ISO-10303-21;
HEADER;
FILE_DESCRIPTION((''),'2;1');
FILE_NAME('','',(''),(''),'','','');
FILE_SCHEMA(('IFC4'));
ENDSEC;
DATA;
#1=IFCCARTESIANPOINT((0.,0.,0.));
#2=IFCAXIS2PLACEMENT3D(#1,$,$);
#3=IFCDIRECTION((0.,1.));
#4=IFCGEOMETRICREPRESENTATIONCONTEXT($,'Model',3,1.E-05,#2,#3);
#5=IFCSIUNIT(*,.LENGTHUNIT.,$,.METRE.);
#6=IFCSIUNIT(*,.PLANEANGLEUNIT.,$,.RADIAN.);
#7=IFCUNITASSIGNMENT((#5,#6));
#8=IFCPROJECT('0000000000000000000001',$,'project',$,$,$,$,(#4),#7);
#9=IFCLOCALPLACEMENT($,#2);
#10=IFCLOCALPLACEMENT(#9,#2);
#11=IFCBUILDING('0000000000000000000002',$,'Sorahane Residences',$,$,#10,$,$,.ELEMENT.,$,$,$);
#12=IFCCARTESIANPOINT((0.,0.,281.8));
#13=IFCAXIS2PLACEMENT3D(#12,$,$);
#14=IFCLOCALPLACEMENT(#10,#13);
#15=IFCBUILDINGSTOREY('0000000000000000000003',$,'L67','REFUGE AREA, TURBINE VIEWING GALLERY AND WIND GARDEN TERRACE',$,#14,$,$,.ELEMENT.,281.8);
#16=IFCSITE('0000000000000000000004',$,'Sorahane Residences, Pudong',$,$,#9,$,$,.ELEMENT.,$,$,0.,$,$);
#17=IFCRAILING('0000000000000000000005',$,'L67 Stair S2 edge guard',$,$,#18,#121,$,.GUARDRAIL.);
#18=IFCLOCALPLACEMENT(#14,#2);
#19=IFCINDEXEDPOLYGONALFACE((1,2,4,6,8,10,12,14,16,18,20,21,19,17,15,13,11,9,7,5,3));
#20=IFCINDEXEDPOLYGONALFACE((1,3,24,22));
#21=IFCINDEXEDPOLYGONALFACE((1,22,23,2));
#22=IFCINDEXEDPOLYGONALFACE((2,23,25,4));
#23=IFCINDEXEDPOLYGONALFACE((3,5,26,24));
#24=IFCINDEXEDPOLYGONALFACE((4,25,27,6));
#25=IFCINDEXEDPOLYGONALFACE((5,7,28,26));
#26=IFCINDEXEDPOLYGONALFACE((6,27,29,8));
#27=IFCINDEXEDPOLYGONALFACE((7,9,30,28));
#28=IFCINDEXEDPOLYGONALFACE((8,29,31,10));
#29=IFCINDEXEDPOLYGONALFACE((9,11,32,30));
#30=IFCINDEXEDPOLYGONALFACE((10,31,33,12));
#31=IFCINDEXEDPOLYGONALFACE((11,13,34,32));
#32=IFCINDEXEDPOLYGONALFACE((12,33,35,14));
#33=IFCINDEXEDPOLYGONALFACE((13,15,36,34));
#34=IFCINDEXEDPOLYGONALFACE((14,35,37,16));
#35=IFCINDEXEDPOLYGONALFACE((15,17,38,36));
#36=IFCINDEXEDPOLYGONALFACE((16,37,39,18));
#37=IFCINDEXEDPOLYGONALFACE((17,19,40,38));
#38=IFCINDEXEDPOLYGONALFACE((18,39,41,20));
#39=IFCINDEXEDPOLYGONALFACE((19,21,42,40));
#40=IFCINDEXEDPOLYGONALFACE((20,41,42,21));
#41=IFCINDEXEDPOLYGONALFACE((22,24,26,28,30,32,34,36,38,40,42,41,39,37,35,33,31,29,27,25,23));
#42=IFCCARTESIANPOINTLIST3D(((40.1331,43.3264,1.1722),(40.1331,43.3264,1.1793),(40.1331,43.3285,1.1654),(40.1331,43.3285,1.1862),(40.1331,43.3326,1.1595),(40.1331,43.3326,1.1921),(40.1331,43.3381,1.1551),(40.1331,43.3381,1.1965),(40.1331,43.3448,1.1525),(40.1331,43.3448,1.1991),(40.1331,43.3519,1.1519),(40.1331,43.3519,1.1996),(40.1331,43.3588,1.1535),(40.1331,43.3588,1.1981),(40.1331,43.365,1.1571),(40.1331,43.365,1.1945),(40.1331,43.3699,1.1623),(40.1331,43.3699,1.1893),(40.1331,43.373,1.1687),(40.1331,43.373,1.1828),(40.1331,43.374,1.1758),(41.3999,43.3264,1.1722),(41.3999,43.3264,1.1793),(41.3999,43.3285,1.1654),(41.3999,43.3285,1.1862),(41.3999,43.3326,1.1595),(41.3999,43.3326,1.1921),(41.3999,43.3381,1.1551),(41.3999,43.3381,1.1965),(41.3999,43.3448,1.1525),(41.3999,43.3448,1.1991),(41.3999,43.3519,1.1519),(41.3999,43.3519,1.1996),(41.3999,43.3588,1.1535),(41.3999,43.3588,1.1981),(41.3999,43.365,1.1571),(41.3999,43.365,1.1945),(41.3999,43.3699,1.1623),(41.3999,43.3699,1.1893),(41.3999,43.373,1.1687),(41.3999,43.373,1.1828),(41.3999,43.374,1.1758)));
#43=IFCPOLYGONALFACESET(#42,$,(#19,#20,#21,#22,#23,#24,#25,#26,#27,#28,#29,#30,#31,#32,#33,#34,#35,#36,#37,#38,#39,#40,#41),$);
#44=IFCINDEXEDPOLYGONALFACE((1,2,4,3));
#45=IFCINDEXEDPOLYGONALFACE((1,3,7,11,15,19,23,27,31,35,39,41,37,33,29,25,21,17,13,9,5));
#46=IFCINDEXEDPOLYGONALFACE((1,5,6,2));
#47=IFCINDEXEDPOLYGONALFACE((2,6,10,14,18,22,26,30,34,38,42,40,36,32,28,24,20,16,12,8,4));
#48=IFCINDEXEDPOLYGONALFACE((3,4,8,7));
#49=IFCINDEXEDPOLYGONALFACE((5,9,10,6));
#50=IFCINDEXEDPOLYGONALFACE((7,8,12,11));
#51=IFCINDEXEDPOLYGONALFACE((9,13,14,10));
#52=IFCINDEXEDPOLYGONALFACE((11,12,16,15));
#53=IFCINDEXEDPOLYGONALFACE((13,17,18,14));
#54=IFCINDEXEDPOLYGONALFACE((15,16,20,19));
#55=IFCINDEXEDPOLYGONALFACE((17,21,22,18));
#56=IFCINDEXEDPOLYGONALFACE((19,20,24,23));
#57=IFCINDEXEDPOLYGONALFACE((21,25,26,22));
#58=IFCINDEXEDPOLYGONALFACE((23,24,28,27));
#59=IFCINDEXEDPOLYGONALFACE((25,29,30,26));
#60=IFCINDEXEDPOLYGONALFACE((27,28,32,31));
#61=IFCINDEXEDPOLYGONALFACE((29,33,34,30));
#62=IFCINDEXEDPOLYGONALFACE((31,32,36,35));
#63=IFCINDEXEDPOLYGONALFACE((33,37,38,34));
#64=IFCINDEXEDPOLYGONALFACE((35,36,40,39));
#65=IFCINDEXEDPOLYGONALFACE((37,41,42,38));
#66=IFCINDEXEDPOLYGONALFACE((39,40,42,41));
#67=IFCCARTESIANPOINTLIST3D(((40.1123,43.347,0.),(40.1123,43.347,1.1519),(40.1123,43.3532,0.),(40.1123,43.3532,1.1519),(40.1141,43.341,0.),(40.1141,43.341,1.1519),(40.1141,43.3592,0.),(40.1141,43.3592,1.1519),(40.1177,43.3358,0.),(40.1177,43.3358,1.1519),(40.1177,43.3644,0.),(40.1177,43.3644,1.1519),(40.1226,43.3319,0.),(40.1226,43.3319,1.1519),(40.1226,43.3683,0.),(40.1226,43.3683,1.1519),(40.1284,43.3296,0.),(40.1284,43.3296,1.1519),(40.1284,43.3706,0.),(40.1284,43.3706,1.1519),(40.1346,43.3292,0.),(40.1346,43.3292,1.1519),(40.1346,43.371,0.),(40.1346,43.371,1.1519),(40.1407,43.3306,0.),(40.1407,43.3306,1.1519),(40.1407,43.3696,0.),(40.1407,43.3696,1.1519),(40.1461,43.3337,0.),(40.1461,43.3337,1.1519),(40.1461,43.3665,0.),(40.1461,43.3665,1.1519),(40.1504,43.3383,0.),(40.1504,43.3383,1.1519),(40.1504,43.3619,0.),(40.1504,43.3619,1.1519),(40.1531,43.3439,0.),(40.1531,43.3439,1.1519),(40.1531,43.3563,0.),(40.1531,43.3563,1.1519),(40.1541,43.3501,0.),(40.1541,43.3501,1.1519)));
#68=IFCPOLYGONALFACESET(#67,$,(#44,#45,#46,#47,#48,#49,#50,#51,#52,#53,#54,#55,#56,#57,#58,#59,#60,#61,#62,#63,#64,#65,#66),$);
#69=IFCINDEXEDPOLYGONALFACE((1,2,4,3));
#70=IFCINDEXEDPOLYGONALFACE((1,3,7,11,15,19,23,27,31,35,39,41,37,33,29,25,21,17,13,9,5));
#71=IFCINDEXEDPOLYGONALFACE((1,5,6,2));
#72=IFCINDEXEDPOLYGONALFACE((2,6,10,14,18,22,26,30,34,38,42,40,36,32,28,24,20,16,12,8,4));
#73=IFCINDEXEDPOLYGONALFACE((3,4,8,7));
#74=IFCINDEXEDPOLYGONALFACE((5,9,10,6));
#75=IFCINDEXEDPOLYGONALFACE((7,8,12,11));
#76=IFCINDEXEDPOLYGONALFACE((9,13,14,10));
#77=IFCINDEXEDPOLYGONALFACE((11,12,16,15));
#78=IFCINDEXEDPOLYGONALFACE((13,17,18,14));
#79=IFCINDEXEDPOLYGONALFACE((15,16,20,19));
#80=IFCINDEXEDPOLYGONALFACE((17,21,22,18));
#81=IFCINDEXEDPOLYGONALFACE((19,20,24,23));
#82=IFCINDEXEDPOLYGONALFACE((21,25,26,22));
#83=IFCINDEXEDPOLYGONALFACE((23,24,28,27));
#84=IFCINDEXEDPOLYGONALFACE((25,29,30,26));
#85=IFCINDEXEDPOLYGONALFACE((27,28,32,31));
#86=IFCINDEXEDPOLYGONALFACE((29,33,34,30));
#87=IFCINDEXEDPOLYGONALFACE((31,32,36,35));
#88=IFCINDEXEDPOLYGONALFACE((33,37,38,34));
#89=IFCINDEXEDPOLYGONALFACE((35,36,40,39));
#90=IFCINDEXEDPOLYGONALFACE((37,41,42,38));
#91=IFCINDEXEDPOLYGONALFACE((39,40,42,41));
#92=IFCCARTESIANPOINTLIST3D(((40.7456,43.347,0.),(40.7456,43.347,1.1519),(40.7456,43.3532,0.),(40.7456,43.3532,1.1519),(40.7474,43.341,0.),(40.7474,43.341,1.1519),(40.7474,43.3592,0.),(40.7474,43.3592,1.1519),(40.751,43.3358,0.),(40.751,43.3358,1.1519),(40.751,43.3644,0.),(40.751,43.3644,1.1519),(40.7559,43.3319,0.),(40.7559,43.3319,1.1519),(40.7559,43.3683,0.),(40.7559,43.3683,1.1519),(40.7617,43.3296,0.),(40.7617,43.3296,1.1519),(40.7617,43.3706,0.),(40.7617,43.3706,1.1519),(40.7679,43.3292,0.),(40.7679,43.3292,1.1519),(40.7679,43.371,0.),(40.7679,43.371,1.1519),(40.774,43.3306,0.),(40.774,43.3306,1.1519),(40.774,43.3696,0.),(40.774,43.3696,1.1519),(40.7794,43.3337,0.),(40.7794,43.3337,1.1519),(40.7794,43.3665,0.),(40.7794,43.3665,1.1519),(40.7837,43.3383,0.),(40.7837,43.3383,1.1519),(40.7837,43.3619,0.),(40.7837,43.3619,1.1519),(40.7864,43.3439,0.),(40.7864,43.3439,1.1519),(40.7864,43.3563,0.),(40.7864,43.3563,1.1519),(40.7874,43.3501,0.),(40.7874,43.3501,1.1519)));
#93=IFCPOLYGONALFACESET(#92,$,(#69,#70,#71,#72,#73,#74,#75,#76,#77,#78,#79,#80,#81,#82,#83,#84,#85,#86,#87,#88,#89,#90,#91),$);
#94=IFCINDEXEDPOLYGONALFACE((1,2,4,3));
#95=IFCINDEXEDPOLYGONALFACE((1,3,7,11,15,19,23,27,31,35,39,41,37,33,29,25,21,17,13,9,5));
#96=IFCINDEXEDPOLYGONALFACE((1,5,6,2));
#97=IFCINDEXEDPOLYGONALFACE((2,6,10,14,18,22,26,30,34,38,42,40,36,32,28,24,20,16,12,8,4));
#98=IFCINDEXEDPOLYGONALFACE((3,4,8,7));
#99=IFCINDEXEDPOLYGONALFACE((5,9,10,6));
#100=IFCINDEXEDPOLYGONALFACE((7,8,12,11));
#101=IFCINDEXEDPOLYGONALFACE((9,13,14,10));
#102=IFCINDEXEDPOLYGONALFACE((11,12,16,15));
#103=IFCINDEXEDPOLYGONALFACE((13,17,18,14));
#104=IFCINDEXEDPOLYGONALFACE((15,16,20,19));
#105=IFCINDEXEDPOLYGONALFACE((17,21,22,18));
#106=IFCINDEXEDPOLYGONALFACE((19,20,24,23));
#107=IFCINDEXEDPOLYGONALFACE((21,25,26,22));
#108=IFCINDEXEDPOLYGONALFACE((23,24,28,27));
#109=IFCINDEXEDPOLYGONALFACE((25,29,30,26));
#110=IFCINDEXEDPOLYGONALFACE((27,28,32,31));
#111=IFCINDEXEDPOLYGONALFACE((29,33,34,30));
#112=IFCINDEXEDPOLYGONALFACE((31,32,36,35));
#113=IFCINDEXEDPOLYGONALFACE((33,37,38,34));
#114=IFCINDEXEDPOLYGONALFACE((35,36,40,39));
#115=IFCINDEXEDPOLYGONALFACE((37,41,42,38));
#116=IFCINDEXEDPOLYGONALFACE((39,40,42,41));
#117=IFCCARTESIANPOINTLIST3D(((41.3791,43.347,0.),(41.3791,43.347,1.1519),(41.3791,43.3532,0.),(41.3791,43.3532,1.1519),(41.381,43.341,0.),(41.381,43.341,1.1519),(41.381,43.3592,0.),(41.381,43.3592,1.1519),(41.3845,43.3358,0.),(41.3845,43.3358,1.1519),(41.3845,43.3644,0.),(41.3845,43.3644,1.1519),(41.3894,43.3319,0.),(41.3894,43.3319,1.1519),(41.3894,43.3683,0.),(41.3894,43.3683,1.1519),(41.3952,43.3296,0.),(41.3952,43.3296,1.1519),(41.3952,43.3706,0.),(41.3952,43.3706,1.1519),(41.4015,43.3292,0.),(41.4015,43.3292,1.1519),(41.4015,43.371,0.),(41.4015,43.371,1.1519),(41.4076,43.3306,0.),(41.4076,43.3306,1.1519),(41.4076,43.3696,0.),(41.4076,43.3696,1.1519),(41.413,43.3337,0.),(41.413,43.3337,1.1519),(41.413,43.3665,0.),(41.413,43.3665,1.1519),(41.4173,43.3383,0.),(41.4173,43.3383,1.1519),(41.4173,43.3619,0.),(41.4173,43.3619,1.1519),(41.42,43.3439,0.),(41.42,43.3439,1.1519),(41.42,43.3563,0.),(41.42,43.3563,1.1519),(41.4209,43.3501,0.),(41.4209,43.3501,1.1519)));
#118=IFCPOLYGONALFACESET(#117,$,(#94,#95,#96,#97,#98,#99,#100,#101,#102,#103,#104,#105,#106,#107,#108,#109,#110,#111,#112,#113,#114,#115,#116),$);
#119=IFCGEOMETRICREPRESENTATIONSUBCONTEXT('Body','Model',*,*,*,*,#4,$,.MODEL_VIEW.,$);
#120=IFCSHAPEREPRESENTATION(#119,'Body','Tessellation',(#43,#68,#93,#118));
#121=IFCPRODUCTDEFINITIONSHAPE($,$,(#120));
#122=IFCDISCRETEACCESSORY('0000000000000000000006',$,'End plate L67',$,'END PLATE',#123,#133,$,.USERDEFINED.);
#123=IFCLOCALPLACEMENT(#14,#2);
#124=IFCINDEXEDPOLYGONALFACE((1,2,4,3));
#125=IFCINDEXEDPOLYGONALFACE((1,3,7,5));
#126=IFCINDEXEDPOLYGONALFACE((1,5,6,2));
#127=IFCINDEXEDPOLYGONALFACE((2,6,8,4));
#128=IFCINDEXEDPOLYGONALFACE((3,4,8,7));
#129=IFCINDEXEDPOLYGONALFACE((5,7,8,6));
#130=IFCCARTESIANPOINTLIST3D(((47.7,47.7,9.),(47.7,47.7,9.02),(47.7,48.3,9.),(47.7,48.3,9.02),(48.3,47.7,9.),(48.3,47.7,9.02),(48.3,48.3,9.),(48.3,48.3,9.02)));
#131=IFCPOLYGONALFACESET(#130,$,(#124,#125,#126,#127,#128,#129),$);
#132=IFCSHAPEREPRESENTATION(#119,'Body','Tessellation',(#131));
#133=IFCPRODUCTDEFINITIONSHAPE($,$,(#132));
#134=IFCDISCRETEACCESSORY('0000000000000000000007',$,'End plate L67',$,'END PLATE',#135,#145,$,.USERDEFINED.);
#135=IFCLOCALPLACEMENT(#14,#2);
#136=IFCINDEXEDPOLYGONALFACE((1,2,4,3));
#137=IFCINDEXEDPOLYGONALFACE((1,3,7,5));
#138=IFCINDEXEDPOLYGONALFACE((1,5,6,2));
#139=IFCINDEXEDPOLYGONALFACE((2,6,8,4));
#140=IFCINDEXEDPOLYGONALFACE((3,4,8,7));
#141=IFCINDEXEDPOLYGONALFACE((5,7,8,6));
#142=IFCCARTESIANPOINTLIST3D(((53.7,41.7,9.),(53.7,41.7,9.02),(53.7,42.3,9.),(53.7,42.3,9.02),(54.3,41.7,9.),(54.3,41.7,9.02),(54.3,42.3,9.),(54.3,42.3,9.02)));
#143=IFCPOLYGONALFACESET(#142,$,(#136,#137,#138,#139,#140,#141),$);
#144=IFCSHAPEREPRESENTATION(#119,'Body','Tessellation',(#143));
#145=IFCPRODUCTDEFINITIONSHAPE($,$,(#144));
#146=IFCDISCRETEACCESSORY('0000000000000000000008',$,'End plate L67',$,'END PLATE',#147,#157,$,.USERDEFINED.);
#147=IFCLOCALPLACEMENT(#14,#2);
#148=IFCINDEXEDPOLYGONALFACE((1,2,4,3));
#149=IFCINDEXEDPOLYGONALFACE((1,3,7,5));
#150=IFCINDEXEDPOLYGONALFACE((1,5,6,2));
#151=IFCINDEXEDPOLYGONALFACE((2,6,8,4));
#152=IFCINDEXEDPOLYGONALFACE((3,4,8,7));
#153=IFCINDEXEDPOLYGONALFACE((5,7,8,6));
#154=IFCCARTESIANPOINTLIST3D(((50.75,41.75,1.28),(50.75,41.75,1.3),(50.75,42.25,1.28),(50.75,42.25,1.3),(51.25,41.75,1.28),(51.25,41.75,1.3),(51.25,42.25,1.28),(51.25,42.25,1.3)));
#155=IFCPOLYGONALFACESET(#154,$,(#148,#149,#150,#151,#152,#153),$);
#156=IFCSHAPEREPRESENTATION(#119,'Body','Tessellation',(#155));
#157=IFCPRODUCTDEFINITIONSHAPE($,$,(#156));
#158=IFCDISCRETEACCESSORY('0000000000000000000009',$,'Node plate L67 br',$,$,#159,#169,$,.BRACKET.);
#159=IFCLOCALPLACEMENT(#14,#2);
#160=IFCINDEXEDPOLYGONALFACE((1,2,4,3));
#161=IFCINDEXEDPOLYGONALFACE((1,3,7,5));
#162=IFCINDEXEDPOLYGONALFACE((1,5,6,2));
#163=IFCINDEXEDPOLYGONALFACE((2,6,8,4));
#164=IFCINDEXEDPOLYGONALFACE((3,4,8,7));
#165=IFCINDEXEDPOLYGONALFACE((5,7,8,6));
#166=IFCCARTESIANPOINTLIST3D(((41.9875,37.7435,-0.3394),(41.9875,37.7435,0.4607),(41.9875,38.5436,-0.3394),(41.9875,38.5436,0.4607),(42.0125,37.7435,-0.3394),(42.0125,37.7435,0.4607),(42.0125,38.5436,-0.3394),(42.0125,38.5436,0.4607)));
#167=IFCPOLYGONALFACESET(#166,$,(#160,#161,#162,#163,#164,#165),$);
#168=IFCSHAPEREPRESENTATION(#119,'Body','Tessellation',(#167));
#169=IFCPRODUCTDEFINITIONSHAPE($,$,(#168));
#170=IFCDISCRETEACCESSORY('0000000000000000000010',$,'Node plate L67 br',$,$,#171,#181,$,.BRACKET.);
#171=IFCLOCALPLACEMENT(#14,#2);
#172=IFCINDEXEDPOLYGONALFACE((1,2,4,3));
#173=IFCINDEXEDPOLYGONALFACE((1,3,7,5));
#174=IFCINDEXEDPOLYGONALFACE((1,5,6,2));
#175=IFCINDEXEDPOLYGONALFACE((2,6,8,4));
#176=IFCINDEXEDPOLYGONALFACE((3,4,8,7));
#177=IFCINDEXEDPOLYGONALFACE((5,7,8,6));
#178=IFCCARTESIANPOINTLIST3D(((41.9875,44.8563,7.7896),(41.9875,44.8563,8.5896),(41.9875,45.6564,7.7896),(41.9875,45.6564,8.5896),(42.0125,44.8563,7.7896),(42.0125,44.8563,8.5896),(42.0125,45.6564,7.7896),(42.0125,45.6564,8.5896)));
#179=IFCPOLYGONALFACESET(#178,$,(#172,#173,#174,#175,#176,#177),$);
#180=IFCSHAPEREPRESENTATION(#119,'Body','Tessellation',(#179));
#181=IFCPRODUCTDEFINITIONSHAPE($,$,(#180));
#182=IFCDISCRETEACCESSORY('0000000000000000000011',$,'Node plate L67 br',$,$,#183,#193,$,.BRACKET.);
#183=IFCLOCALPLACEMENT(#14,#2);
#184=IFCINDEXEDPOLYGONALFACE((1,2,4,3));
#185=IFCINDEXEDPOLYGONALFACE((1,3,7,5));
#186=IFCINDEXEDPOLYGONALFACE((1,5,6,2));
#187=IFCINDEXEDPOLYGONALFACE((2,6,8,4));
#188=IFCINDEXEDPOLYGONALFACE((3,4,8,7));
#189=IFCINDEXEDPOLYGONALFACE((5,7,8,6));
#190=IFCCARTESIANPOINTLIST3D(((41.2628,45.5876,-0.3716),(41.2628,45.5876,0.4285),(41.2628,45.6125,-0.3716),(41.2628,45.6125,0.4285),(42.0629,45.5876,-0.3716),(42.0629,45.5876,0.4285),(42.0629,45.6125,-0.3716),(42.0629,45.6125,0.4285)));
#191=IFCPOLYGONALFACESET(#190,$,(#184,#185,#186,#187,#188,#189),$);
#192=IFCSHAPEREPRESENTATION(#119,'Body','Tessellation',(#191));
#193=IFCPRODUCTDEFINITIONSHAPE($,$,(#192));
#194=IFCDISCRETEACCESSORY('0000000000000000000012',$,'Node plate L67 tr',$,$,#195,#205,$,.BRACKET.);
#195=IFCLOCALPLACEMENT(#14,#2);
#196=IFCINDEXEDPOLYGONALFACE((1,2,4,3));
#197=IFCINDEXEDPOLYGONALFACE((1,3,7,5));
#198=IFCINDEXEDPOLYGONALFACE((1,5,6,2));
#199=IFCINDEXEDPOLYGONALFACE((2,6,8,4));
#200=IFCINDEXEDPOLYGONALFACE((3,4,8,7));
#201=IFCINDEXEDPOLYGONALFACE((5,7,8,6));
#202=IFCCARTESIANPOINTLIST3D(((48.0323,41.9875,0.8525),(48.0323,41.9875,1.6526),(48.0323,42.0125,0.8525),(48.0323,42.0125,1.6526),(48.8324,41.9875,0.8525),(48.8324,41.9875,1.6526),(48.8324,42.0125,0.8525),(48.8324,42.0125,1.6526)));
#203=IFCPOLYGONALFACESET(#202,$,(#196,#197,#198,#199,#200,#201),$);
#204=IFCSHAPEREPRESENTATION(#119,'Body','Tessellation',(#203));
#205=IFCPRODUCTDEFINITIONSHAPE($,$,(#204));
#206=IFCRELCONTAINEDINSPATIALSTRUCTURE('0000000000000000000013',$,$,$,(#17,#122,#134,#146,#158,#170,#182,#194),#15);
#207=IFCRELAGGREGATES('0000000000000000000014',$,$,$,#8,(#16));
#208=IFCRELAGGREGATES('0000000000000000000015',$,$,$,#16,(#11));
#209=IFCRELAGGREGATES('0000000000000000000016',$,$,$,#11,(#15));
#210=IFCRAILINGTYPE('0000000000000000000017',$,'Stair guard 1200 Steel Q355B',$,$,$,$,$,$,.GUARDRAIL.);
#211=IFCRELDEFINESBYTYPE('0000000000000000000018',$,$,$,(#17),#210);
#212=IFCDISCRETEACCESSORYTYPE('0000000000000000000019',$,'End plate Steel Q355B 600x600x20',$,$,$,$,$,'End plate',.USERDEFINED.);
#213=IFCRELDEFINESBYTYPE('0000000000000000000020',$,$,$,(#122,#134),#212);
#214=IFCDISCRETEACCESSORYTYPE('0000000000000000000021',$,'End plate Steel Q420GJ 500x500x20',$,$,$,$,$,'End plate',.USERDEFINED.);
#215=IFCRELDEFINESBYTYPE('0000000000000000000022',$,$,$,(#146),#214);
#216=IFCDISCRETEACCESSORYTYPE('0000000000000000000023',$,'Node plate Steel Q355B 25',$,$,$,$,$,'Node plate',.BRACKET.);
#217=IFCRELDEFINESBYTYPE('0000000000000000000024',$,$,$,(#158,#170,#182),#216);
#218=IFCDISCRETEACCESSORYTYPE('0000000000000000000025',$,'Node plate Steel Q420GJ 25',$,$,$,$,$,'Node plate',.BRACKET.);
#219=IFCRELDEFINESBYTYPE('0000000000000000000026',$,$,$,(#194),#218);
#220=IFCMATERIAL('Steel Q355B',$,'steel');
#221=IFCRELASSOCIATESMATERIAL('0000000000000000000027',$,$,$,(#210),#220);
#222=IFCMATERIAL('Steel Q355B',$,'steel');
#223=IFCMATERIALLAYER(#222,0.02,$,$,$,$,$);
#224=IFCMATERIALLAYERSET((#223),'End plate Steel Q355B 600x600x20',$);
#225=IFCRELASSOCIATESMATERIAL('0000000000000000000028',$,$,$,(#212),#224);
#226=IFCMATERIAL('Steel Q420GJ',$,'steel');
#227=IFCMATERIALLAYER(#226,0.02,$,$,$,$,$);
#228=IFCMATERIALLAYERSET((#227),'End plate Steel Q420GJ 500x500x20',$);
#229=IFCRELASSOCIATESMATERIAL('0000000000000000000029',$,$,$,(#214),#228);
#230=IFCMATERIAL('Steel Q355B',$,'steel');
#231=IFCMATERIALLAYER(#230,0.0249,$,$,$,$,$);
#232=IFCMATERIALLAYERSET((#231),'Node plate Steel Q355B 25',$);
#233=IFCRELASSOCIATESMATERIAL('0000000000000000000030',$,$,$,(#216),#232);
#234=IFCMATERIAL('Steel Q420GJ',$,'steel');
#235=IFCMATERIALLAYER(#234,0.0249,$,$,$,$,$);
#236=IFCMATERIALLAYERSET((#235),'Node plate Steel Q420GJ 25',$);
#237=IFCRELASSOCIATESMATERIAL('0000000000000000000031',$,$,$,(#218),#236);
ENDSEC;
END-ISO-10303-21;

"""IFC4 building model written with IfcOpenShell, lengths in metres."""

from ifc_helpers import new_model, si_unit, direction, frame, origin, origin_2d, place, context, subcontext, project, spatial, rectangle, circle, extrude, material, layer, layer_set, type_object, element, save


model = new_model("IFC4")

# Units and contexts
model_context = context("Model", 3, precision=1e-05, world=origin(), true_north=direction((0.0, 1.0)))
body_context = subcontext(model_context, "Body", "Model", "MODEL_VIEW")
ifc_project = project(units=[si_unit("LENGTHUNIT", "METRE"), si_unit("PLANEANGLEUNIT", "RADIAN")], contexts=[model_context])

# Site, building, storey
site_placement = place(None, origin())
site = spatial("IfcSite", under=ifc_project, at=site_placement, Name="Sorahane Residences, Pudong", CompositionType="ELEMENT", RefElevation=0.0)
building_placement = place(site_placement, origin())
building = spatial("IfcBuilding", under=site, at=building_placement, Name="Sorahane Residences", CompositionType="ELEMENT")
storey_placement = place(building_placement, frame((0.0, 0.0, 281.8)))
storey = spatial("IfcBuildingStorey", under=building, at=storey_placement, Name="L67", Description="REFUGE AREA, TURBINE VIEWING GALLERY AND WIND GARDEN TERRACE", CompositionType="ELEMENT", Elevation=281.8)

# Railing
ifc_material_1 = material(Name="Steel Q355B", Category="steel")
railing_type_1 = type_object("IfcRailingType", Name="Stair guard 1200 Steel Q355B", PredefinedType="GUARDRAIL", material=ifc_material_1)
railing_1_placement = place(storey_placement, frame((40.1331, 43.3501, 0.0)))
element("IfcRailing", 1, at=railing_1_placement, inside=storey, type_object=railing_type_1, Name="L67 Stair S2 edge guard", PredefinedType="GUARDRAIL", context=body_context, shape_type="SweptSolid", body=[
    extrude(circle(Radius=0.0239, at=origin_2d()), frame((0.0, 0.0, 1.1758), z_axis=(1.0, 0.0, 0.0), x_axis=(0.0, 1.0, 0.0)), (0.0, 0.0, 1.0), 1.2668),
    extrude(circle(Radius=0.021, at=origin_2d()), origin(), (0.0, 0.0, 1.0), 1.1519),
    extrude(circle(Radius=0.021, at=origin_2d()), frame((0.6333, 0.0, 0.0)), (0.0, 0.0, 1.0), 1.1519),
    extrude(circle(Radius=0.021, at=origin_2d()), frame((1.2668, 0.0, 0.0)), (0.0, 0.0, 1.0), 1.1519),
])

# Discrete accessories
ifc_material_2 = material(Name="Steel Q355B", Category="steel")
ifc_layer_1 = layer(ifc_material_2, 0.02)
ifc_layer_set_1 = layer_set([ifc_layer_1], Name="End plate Steel Q355B 600x600x20")
discrete_accessory_type_1 = type_object("IfcDiscreteAccessoryType", Name="End plate Steel Q355B 600x600x20", ElementType="End plate", PredefinedType="USERDEFINED", material=ifc_layer_set_1)
for number, where, z_axis, x_axis, name in (
    (2, (48.0, 48.0, 9.0), (0.0, 0.0, 1.0), (1.0, 0.0, 0.0), "End plate L67"),
    (3, (54.0, 42.0, 9.0), (0.0, 0.0, 1.0), (1.0, 0.0, 0.0), "End plate L67"),
):
    element("IfcDiscreteAccessory", number, at=place(storey_placement, frame(where, z_axis=z_axis, x_axis=x_axis)), inside=storey, type_object=discrete_accessory_type_1, Name=name, ObjectType="END PLATE", PredefinedType="USERDEFINED", context=body_context, shape_type="SweptSolid", body=[
        extrude(rectangle(XDim=0.6001, YDim=0.6001, at=origin_2d()), origin(), (0.0, 0.0, 1.0), 0.02),
    ])
ifc_material_3 = material(Name="Steel Q420GJ", Category="steel")
ifc_layer_2 = layer(ifc_material_3, 0.02)
ifc_layer_set_2 = layer_set([ifc_layer_2], Name="End plate Steel Q420GJ 500x500x20")
discrete_accessory_type_2 = type_object("IfcDiscreteAccessoryType", Name="End plate Steel Q420GJ 500x500x20", ElementType="End plate", PredefinedType="USERDEFINED", material=ifc_layer_set_2)
discrete_accessory_1_placement = place(storey_placement, frame((51.0, 42.0, 1.28), z_axis=(0.0, 0.0, 1.0), x_axis=(1.0, 0.0, 0.0)))
element("IfcDiscreteAccessory", 4, at=discrete_accessory_1_placement, inside=storey, type_object=discrete_accessory_type_2, Name="End plate L67", ObjectType="END PLATE", PredefinedType="USERDEFINED", context=body_context, shape_type="SweptSolid", body=[
    extrude(rectangle(XDim=0.5, YDim=0.5, at=origin_2d()), origin(), (0.0, 0.0, 1.0), 0.02),
])
ifc_material_4 = material(Name="Steel Q355B", Category="steel")
ifc_layer_3 = layer(ifc_material_4, 0.0249)
ifc_layer_set_3 = layer_set([ifc_layer_3], Name="Node plate Steel Q355B 25")
discrete_accessory_type_3 = type_object("IfcDiscreteAccessoryType", Name="Node plate Steel Q355B 25", ElementType="Node plate", PredefinedType="BRACKET", material=ifc_layer_set_3)
for number, where, z_axis, x_axis, name in (
    (5, (42.0, 38.1436, -0.3394), (0.0, 0.0, 1.0), (0.0, 1.0, 0.0), "Node plate L67 br"),
    (6, (42.0, 45.2563, 7.7896), (0.0, 0.0, 1.0), (0.0, 1.0, 0.0), "Node plate L67 br"),
    (7, (41.6628, 45.6001, -0.3716), (0.0, 0.0, 1.0), (1.0, 0.0, 0.0), "Node plate L67 br"),
):
    element("IfcDiscreteAccessory", number, at=place(storey_placement, frame(where, z_axis=z_axis, x_axis=x_axis)), inside=storey, type_object=discrete_accessory_type_3, Name=name, PredefinedType="BRACKET", context=body_context, shape_type="SweptSolid", body=[
        extrude(rectangle(XDim=0.8, YDim=0.0249, at=origin_2d()), origin(), (0.0, 0.0, 1.0), 0.8),
    ])
ifc_material_5 = material(Name="Steel Q420GJ", Category="steel")
ifc_layer_4 = layer(ifc_material_5, 0.0249)
ifc_layer_set_4 = layer_set([ifc_layer_4], Name="Node plate Steel Q420GJ 25")
discrete_accessory_type_4 = type_object("IfcDiscreteAccessoryType", Name="Node plate Steel Q420GJ 25", ElementType="Node plate", PredefinedType="BRACKET", material=ifc_layer_set_4)
for number, where, z_axis, x_axis, name in (
    (8, (48.4324, 42.0, 0.8525), (0.0, 0.0, 1.0), (1.0, 0.0, 0.0), "Node plate L67 tr"),
):
    element("IfcDiscreteAccessory", number, at=place(storey_placement, frame(where, z_axis=z_axis, x_axis=x_axis)), inside=storey, type_object=discrete_accessory_type_4, Name=name, PredefinedType="BRACKET", context=body_context, shape_type="SweptSolid", body=[
        extrude(rectangle(XDim=0.8, YDim=0.0249, at=origin_2d()), origin(), (0.0, 0.0, 1.0), 0.8),
    ])

save(model, "model.ifc")
